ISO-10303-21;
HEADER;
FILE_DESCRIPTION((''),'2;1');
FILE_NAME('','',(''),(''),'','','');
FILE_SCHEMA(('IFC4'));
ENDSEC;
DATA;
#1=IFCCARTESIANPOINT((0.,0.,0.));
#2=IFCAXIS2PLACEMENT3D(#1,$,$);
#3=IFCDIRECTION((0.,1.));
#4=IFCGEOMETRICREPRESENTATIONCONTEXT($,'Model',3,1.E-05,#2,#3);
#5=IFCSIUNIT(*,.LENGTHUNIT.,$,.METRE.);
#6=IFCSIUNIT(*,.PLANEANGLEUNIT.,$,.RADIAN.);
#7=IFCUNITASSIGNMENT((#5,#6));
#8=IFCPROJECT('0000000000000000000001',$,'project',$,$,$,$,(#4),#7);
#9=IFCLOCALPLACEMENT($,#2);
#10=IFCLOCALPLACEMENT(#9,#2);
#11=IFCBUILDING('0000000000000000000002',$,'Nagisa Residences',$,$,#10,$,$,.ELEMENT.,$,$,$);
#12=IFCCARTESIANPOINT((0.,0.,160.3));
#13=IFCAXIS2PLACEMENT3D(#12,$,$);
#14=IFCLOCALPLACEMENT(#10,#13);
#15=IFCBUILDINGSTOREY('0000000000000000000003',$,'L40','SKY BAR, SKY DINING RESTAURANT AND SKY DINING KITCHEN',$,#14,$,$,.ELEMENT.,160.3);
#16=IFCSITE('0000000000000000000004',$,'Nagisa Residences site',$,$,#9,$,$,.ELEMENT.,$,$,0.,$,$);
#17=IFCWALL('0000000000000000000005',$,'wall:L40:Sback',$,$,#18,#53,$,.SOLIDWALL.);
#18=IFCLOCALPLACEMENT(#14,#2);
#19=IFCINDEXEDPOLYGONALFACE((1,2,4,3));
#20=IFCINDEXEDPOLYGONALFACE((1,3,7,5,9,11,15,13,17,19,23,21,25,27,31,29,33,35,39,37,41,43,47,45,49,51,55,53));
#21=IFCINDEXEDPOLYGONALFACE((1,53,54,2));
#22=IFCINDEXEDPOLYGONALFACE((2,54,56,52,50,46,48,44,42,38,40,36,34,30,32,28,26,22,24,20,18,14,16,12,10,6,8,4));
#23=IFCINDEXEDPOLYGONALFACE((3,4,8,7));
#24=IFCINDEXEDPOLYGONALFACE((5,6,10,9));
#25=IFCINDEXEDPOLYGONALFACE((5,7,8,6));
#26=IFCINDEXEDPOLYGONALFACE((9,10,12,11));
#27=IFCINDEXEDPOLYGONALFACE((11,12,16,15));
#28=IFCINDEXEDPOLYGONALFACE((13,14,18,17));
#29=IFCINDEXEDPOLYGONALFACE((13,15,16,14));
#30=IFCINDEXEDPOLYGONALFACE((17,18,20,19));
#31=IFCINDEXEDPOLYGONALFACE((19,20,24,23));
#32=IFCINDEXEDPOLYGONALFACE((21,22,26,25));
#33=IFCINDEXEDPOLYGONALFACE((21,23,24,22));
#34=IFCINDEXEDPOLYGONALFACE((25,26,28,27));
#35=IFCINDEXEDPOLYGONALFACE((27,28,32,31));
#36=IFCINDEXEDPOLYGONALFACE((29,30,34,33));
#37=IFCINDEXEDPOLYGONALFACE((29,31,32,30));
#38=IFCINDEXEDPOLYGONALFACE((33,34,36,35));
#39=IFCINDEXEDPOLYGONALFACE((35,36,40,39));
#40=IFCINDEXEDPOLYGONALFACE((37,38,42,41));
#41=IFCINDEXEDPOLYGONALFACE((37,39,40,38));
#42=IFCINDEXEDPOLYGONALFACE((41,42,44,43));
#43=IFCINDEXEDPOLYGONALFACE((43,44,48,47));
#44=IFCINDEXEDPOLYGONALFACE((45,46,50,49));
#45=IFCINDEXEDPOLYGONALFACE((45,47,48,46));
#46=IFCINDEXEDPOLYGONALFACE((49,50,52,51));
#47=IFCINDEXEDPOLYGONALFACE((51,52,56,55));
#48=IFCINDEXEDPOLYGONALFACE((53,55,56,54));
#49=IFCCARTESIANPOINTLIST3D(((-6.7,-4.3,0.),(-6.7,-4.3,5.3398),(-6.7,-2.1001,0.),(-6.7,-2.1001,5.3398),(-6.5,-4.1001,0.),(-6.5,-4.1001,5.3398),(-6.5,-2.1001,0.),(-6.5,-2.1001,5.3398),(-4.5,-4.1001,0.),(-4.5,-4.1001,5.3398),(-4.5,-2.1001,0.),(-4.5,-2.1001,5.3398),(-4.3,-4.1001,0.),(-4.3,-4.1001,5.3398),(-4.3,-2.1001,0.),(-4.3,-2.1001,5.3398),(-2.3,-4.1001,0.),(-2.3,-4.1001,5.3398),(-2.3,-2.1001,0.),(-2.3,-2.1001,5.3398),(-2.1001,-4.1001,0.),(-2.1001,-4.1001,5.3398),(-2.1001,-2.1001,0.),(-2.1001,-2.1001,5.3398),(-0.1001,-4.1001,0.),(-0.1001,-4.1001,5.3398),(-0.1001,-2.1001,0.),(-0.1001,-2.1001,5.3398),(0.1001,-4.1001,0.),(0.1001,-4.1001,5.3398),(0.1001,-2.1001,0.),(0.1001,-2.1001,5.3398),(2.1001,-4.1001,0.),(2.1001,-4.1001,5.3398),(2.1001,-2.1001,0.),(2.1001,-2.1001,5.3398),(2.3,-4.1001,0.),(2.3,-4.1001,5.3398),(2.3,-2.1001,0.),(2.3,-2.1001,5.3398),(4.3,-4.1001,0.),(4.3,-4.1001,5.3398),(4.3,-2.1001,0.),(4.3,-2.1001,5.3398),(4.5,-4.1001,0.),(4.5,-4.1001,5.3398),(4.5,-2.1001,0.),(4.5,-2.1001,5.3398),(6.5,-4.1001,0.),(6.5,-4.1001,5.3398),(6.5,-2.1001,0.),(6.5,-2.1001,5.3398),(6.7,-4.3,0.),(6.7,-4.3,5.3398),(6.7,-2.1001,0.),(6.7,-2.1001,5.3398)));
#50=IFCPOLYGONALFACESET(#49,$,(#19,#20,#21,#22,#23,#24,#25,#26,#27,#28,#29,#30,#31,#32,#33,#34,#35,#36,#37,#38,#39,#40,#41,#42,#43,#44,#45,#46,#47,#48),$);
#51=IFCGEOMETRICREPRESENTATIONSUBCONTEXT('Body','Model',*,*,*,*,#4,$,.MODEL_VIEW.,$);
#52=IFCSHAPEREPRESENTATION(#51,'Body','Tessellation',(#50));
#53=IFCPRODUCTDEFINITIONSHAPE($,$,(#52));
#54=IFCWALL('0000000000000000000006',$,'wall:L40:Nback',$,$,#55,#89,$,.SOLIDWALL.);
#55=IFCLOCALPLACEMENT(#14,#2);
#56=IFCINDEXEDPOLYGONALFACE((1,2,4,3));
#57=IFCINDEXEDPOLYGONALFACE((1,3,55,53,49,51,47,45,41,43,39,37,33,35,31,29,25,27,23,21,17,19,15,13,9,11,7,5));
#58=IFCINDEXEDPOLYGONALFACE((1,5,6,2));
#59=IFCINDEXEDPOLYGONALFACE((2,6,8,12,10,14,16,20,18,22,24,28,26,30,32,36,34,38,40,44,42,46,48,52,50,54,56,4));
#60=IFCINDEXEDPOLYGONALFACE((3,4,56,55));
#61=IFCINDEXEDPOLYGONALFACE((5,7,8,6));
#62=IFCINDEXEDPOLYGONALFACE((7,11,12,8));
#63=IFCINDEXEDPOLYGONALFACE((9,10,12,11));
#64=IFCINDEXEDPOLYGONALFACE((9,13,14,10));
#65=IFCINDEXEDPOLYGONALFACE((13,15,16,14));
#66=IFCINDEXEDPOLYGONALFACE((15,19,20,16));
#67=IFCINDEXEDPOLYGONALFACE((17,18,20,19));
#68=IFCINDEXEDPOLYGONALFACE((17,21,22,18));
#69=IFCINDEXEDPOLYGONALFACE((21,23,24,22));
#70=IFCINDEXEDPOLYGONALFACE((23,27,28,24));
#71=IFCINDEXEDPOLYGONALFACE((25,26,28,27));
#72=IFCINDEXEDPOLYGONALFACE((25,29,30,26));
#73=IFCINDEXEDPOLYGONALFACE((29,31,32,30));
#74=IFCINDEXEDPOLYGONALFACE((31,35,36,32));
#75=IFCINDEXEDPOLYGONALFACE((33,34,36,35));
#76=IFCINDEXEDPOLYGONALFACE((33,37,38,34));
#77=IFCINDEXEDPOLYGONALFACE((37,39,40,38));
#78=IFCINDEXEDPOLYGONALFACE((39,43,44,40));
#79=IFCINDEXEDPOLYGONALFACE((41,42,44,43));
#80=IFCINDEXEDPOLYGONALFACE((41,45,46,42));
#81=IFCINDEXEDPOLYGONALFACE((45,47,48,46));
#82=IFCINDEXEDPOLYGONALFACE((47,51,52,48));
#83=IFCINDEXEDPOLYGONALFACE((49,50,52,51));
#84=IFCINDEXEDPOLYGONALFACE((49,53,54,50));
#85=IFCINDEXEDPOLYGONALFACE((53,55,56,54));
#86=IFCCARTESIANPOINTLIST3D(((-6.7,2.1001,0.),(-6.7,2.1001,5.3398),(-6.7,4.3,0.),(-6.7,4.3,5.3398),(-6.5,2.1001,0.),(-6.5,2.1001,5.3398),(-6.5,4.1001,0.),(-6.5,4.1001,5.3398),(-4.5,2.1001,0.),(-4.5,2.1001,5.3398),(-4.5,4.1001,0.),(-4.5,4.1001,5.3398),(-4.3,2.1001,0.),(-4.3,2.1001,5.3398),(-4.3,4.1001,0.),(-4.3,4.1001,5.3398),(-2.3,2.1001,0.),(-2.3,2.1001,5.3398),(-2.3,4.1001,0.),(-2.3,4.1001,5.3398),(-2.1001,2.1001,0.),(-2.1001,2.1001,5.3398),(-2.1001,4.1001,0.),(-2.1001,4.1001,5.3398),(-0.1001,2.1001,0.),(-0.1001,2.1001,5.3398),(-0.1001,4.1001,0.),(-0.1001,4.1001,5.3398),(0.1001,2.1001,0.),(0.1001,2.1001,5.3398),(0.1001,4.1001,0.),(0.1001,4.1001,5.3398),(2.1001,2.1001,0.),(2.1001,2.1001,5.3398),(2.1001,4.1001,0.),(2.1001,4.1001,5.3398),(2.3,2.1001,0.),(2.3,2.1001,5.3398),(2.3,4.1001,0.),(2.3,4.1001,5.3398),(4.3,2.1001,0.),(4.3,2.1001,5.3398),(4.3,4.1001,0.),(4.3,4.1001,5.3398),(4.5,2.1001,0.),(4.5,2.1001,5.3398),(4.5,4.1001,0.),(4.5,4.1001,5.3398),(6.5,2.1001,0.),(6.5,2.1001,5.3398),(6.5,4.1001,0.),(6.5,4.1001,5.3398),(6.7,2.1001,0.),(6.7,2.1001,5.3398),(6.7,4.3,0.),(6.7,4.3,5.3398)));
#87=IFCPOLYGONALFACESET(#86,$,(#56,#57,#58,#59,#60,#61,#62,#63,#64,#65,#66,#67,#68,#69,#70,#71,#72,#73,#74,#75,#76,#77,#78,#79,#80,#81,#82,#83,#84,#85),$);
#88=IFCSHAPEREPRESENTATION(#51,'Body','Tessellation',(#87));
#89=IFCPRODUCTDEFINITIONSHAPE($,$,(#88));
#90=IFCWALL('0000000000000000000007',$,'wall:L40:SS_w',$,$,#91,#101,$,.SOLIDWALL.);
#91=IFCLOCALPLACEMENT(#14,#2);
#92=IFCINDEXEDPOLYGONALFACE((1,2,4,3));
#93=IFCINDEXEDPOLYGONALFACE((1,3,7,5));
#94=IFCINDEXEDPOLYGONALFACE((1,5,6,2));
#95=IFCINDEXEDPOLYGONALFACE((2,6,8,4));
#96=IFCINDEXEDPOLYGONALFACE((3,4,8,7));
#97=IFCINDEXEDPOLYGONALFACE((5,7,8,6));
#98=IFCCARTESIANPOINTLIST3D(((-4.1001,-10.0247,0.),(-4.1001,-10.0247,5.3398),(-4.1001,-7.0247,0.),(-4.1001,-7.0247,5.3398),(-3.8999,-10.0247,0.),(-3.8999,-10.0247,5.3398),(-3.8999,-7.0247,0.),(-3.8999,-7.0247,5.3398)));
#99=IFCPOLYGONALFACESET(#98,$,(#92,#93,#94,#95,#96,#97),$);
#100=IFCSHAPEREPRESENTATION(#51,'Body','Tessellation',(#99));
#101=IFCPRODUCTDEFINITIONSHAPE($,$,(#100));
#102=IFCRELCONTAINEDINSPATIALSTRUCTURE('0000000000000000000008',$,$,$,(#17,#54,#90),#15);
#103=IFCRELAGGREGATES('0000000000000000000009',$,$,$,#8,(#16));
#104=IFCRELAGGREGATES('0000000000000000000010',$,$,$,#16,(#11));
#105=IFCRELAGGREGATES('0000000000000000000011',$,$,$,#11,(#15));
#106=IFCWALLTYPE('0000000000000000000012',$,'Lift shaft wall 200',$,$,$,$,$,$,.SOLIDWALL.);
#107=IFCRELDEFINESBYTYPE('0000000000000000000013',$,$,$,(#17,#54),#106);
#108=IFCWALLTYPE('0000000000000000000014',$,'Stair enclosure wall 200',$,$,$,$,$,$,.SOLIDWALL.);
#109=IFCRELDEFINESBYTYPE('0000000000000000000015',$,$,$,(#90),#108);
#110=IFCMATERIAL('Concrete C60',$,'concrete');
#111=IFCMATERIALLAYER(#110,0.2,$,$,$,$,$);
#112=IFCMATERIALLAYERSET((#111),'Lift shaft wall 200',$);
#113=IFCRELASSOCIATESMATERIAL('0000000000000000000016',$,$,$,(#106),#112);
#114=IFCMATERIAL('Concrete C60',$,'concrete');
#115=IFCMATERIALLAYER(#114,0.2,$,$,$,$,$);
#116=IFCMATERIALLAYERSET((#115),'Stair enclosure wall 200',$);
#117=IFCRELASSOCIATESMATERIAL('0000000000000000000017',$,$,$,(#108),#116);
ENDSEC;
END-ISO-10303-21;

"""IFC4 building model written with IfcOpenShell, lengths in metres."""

from ifc_helpers import new_model, si_unit, direction, frame, origin, place, context, subcontext, project, spatial, polyline, outline, extrude, material, layer, layer_set, type_object, element, save


model = new_model("IFC4")

# Units and contexts
model_context = context("Model", 3, precision=1e-05, world=origin(), true_north=direction((0.0, 1.0)))
body_context = subcontext(model_context, "Body", "Model", "MODEL_VIEW")
ifc_project = project(units=[si_unit("LENGTHUNIT", "METRE"), si_unit("PLANEANGLEUNIT", "RADIAN")], contexts=[model_context])

# Site, building, storey
site_placement = place(None, origin())
site = spatial("IfcSite", under=ifc_project, at=site_placement, Name="Nagisa Residences site", CompositionType="ELEMENT", RefElevation=0.0)
building_placement = place(site_placement, origin())
building = spatial("IfcBuilding", under=site, at=building_placement, Name="Nagisa Residences", CompositionType="ELEMENT")
storey_placement = place(building_placement, frame((0.0, 0.0, 160.3)))
storey = spatial("IfcBuildingStorey", under=building, at=storey_placement, Name="L40", Description="SKY BAR, SKY DINING RESTAURANT AND SKY DINING KITCHEN", CompositionType="ELEMENT", Elevation=160.3)

# Shared definitions
ifc_material_1 = material(Name="Concrete C60", Category="concrete")
ifc_layer_1 = layer(ifc_material_1, 0.2)
ifc_layer_set_1 = layer_set([ifc_layer_1], Name="Lift shaft wall 200")
wall_type_1 = type_object("IfcWallType", Name="Lift shaft wall 200", PredefinedType="SOLIDWALL", material=ifc_layer_set_1)

# Walls
wall_1_placement = place(storey_placement, origin())
element("IfcWall", 1, at=wall_1_placement, inside=storey, type_object=wall_type_1, Name="wall:L40:Sback", PredefinedType="SOLIDWALL", context=body_context, shape_type="SweptSolid", body=[
    extrude(outline(polyline([(-6.7, -2.1001), (-6.5, -2.1001), (-6.5, -4.1001), (-4.5, -4.1001), (-4.5, -2.1001), (-4.3, -2.1001), (-4.3, -4.1001), (-2.3, -4.1001), (-2.3, -2.1001), (-2.1001, -2.1001), (-2.1001, -4.1001), (-0.1001, -4.1001), (-0.1001, -2.1001), (0.1001, -2.1001), (0.1001, -4.1001), (2.1001, -4.1001), (2.1001, -2.1001), (2.3, -2.1001), (2.3, -4.1001), (4.3, -4.1001), (4.3, -2.1001), (4.5, -2.1001), (4.5, -4.1001), (6.5, -4.1001), (6.5, -2.1001), (6.7, -2.1001), (6.7, -4.3), (-6.7, -4.3), (-6.7, -2.1001)])), origin(), (0.0, 0.0, 1.0), 5.3398),
])
wall_2_placement = place(storey_placement, origin())
element("IfcWall", 2, at=wall_2_placement, inside=storey, type_object=wall_type_1, Name="wall:L40:Nback", PredefinedType="SOLIDWALL", context=body_context, shape_type="SweptSolid", body=[
    extrude(outline(polyline([(-6.5, 2.1001), (-6.7, 2.1001), (-6.7, 4.3), (6.7, 4.3), (6.7, 2.1001), (6.5, 2.1001), (6.5, 4.1001), (4.5, 4.1001), (4.5, 2.1001), (4.3, 2.1001), (4.3, 4.1001), (2.3, 4.1001), (2.3, 2.1001), (2.1001, 2.1001), (2.1001, 4.1001), (0.1001, 4.1001), (0.1001, 2.1001), (-0.1001, 2.1001), (-0.1001, 4.1001), (-2.1001, 4.1001), (-2.1001, 2.1001), (-2.3, 2.1001), (-2.3, 4.1001), (-4.3, 4.1001), (-4.3, 2.1001), (-4.5, 2.1001), (-4.5, 4.1001), (-6.5, 4.1001), (-6.5, 2.1001)])), origin(), (0.0, 0.0, 1.0), 5.3398),
])
ifc_material_2 = material(Name="Concrete C60", Category="concrete")
ifc_layer_2 = layer(ifc_material_2, 0.2)
ifc_layer_set_2 = layer_set([ifc_layer_2], Name="Stair enclosure wall 200")
wall_type_2 = type_object("IfcWallType", Name="Stair enclosure wall 200", PredefinedType="SOLIDWALL", material=ifc_layer_set_2)
wall_3_placement = place(storey_placement, origin())
element("IfcWall", 3, at=wall_3_placement, inside=storey, type_object=wall_type_2, Name="wall:L40:SS_w", PredefinedType="SOLIDWALL", context=body_context, shape_type="SweptSolid", body=[
    extrude(outline(polyline([(-3.8999, -10.0247), (-4.1001, -10.0247), (-4.1001, -7.0247), (-3.8999, -7.0247), (-3.8999, -10.0247)])), origin(), (0.0, 0.0, 1.0), 5.3398),
])

save(model, "model.ifc")
